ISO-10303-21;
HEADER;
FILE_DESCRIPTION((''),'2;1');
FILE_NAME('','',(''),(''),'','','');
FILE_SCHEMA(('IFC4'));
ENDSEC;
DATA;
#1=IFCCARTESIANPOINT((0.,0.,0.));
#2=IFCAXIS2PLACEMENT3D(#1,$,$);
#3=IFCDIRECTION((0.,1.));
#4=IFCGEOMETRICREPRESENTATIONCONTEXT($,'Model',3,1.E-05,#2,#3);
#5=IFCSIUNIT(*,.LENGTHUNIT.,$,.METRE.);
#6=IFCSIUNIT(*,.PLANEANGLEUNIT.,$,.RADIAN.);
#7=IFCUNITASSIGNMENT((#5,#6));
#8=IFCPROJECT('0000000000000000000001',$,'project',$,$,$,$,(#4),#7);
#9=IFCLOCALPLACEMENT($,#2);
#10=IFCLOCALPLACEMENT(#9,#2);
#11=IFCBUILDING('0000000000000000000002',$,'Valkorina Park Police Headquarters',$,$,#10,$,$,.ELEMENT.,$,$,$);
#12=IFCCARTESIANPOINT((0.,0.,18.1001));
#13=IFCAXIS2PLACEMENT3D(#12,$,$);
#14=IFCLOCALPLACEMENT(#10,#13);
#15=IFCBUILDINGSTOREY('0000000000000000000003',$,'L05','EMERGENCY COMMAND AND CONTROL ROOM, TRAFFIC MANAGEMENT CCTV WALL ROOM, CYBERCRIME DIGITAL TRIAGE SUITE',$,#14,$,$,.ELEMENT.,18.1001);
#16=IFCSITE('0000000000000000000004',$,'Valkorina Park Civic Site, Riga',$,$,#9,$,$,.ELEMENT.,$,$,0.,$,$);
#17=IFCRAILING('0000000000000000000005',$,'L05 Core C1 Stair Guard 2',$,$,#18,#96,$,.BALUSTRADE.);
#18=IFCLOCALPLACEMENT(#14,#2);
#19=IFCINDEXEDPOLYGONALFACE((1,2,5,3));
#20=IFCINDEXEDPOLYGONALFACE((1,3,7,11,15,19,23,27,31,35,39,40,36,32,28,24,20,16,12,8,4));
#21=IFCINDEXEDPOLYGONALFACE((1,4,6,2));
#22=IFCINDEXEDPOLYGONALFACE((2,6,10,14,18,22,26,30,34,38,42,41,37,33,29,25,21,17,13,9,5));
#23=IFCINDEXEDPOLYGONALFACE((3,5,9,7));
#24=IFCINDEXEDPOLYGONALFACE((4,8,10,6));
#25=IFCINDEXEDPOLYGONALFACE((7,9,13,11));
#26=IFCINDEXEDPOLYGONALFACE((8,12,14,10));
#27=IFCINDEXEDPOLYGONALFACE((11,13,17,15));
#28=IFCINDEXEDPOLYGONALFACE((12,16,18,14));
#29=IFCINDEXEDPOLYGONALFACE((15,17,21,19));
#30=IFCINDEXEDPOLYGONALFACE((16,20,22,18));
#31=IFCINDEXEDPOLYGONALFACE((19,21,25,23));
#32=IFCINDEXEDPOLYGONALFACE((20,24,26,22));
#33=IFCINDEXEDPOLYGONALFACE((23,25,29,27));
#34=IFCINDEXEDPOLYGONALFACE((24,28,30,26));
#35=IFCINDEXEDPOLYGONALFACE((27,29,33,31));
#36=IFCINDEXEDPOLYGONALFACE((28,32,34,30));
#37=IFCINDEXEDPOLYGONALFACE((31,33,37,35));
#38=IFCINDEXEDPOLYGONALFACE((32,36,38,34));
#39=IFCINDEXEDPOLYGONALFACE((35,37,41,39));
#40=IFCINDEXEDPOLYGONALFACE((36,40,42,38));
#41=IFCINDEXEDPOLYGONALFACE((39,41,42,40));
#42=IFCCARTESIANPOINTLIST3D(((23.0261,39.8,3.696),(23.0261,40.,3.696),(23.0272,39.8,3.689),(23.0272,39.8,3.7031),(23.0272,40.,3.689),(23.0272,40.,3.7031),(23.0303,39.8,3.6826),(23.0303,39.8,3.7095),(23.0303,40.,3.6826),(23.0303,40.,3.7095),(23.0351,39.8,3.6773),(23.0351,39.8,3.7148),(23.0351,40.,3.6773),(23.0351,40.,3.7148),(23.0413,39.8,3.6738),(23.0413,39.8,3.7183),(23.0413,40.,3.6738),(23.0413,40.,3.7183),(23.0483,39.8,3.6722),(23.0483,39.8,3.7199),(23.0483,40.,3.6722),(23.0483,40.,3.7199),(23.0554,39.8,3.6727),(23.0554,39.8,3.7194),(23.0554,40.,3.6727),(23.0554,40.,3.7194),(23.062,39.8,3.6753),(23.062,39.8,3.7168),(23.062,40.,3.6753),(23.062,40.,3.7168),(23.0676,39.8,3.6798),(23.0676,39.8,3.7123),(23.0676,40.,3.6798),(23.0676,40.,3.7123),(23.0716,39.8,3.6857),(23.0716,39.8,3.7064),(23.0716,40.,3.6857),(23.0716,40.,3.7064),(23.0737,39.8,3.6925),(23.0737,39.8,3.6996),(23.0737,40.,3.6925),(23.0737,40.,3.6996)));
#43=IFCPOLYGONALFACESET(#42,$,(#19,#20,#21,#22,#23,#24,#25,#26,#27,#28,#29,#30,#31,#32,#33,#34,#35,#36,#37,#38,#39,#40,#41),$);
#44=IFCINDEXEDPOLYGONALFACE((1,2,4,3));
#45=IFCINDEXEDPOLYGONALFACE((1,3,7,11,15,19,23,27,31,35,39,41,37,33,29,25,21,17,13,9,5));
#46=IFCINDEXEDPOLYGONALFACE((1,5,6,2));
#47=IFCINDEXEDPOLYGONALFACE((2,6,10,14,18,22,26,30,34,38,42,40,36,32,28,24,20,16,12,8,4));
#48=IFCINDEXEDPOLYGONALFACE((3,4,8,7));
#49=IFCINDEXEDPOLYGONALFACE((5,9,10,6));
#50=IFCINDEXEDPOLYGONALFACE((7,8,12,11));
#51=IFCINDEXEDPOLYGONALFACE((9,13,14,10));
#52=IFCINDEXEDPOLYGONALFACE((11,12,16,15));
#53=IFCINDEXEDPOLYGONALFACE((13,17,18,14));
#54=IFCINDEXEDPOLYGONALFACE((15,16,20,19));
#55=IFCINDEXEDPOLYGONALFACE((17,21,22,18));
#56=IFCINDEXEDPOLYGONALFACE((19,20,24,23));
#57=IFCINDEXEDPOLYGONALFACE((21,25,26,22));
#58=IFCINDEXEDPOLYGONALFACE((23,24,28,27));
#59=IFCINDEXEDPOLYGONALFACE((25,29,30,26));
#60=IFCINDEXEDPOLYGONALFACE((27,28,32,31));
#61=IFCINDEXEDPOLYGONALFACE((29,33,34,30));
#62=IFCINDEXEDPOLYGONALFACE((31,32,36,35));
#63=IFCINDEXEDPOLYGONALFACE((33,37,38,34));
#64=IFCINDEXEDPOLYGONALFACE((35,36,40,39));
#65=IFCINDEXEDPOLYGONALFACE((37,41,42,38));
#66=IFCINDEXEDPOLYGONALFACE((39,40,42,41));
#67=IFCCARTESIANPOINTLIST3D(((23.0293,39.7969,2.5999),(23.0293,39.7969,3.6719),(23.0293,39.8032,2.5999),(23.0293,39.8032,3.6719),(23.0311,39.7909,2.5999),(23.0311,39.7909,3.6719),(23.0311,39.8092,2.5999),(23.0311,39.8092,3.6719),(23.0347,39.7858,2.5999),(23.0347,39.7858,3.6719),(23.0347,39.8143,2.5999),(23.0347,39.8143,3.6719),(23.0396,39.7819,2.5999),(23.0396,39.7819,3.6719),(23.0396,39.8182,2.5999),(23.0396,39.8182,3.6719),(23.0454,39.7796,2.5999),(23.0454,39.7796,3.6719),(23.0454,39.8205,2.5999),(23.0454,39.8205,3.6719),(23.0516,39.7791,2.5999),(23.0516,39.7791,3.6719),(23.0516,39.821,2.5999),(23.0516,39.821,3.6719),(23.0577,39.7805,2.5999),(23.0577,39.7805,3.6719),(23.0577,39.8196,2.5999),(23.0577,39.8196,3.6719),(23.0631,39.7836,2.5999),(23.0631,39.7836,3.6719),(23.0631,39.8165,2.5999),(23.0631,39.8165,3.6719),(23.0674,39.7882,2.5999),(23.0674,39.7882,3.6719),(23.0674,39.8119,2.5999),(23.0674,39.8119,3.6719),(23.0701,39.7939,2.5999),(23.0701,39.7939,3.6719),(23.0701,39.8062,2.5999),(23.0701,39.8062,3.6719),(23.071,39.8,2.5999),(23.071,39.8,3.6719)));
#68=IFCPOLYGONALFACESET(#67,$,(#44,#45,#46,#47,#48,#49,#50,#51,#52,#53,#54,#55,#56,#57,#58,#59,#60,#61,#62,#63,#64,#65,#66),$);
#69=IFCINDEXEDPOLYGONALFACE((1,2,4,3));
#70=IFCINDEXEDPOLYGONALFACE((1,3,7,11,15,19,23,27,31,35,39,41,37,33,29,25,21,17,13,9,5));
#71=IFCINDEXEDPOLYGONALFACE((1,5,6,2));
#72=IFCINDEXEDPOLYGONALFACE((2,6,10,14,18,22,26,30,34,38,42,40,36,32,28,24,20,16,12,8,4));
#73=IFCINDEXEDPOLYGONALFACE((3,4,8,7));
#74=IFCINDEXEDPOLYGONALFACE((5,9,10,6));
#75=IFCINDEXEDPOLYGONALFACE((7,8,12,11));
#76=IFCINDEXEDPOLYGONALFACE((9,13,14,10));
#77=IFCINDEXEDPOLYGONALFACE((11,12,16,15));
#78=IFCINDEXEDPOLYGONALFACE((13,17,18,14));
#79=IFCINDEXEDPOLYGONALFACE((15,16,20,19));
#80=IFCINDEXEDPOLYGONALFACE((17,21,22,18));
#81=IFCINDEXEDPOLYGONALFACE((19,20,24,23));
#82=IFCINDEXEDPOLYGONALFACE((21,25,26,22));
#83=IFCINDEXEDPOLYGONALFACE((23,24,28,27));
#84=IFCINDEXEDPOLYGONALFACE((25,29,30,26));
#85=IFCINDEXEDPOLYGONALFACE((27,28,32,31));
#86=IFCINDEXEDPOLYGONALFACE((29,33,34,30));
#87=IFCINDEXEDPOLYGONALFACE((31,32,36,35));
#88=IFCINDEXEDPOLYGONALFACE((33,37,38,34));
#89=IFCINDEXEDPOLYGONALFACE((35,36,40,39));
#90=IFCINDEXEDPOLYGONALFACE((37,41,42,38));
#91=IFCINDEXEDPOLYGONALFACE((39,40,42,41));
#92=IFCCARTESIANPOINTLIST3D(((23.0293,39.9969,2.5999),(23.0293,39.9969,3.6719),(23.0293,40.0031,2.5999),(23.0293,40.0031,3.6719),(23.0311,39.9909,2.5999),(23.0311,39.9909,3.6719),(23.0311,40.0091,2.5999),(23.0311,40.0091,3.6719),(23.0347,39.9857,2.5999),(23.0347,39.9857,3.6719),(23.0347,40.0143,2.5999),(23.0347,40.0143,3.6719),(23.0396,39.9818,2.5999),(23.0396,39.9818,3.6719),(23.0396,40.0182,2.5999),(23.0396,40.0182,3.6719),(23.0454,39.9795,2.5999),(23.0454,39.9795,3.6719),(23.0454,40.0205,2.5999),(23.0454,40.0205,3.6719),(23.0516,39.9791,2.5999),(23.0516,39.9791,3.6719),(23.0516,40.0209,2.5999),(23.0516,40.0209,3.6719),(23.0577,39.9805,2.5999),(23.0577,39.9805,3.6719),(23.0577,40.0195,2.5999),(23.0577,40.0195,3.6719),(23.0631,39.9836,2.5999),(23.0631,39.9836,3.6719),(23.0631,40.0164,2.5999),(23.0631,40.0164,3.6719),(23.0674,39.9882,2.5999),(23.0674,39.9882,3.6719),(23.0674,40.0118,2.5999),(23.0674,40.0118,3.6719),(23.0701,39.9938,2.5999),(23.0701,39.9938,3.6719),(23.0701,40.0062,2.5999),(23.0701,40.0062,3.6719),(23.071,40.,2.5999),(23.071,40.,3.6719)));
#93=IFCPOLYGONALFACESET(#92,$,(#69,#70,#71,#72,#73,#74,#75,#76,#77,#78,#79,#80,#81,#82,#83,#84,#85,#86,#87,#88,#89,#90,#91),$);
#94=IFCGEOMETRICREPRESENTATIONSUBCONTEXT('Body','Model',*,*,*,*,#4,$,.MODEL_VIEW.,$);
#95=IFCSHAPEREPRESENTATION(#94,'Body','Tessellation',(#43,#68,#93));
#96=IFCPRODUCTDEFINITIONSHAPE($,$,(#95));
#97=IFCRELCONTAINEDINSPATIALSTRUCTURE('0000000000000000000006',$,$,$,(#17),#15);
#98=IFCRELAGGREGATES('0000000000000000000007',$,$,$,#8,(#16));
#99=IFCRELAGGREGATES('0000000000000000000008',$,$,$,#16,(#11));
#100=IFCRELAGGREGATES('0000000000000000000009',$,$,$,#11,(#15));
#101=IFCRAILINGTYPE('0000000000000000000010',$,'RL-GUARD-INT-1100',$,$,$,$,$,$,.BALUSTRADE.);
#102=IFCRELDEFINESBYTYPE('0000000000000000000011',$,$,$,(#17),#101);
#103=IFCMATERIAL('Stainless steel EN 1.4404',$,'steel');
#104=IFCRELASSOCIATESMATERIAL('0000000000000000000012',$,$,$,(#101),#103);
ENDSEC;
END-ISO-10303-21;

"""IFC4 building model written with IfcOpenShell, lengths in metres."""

from ifc_helpers import new_model, si_unit, direction, frame, origin, origin_2d, place, context, subcontext, project, spatial, circle, extrude, material, type_object, element, save


model = new_model("IFC4")

# Units and contexts
model_context = context("Model", 3, precision=1e-05, world=origin(), true_north=direction((0.0, 1.0)))
body_context = subcontext(model_context, "Body", "Model", "MODEL_VIEW")
ifc_project = project(units=[si_unit("LENGTHUNIT", "METRE"), si_unit("PLANEANGLEUNIT", "RADIAN")], contexts=[model_context])

# Site, building, storey
site_placement = place(None, origin())
site = spatial("IfcSite", under=ifc_project, at=site_placement, Name="Valkorina Park Civic Site, Riga", CompositionType="ELEMENT", RefElevation=0.0)
building_placement = place(site_placement, origin())
building = spatial("IfcBuilding", under=site, at=building_placement, Name="Valkorina Park Police Headquarters", CompositionType="ELEMENT")
storey_placement = place(building_placement, frame((0.0, 0.0, 18.1001)))
storey = spatial("IfcBuildingStorey", under=building, at=storey_placement, Name="L05", Description="EMERGENCY COMMAND AND CONTROL ROOM, TRAFFIC MANAGEMENT CCTV WALL ROOM, CYBERCRIME DIGITAL TRIAGE SUITE", CompositionType="ELEMENT", Elevation=18.1001)

# Railing
ifc_material_1 = material(Name="Stainless steel EN 1.4404", Category="steel")
railing_type_1 = type_object("IfcRailingType", Name="RL-GUARD-INT-1100", PredefinedType="BALUSTRADE", material=ifc_material_1)
railing_1_placement = place(storey_placement, frame((23.05, 39.8, 2.5999)))
element("IfcRailing", 1, at=railing_1_placement, inside=storey, type_object=railing_type_1, Name="L05 Core C1 Stair Guard 2", PredefinedType="BALUSTRADE", context=body_context, shape_type="SweptSolid", body=[
    extrude(circle(Radius=0.0239, at=origin_2d()), frame((0.0, 0.0, 1.0962), z_axis=(0.0, 1.0, 0.0), x_axis=(-1.0, 0.0, 0.0)), (0.0, 0.0, 1.0), 0.2),
    extrude(circle(Radius=0.021, at=origin_2d()), origin(), (0.0, 0.0, 1.0), 1.072),
    extrude(circle(Radius=0.021, at=origin_2d()), frame((0.0, 0.2, 0.0)), (0.0, 0.0, 1.0), 1.072),
])

save(model, "model.ifc")
